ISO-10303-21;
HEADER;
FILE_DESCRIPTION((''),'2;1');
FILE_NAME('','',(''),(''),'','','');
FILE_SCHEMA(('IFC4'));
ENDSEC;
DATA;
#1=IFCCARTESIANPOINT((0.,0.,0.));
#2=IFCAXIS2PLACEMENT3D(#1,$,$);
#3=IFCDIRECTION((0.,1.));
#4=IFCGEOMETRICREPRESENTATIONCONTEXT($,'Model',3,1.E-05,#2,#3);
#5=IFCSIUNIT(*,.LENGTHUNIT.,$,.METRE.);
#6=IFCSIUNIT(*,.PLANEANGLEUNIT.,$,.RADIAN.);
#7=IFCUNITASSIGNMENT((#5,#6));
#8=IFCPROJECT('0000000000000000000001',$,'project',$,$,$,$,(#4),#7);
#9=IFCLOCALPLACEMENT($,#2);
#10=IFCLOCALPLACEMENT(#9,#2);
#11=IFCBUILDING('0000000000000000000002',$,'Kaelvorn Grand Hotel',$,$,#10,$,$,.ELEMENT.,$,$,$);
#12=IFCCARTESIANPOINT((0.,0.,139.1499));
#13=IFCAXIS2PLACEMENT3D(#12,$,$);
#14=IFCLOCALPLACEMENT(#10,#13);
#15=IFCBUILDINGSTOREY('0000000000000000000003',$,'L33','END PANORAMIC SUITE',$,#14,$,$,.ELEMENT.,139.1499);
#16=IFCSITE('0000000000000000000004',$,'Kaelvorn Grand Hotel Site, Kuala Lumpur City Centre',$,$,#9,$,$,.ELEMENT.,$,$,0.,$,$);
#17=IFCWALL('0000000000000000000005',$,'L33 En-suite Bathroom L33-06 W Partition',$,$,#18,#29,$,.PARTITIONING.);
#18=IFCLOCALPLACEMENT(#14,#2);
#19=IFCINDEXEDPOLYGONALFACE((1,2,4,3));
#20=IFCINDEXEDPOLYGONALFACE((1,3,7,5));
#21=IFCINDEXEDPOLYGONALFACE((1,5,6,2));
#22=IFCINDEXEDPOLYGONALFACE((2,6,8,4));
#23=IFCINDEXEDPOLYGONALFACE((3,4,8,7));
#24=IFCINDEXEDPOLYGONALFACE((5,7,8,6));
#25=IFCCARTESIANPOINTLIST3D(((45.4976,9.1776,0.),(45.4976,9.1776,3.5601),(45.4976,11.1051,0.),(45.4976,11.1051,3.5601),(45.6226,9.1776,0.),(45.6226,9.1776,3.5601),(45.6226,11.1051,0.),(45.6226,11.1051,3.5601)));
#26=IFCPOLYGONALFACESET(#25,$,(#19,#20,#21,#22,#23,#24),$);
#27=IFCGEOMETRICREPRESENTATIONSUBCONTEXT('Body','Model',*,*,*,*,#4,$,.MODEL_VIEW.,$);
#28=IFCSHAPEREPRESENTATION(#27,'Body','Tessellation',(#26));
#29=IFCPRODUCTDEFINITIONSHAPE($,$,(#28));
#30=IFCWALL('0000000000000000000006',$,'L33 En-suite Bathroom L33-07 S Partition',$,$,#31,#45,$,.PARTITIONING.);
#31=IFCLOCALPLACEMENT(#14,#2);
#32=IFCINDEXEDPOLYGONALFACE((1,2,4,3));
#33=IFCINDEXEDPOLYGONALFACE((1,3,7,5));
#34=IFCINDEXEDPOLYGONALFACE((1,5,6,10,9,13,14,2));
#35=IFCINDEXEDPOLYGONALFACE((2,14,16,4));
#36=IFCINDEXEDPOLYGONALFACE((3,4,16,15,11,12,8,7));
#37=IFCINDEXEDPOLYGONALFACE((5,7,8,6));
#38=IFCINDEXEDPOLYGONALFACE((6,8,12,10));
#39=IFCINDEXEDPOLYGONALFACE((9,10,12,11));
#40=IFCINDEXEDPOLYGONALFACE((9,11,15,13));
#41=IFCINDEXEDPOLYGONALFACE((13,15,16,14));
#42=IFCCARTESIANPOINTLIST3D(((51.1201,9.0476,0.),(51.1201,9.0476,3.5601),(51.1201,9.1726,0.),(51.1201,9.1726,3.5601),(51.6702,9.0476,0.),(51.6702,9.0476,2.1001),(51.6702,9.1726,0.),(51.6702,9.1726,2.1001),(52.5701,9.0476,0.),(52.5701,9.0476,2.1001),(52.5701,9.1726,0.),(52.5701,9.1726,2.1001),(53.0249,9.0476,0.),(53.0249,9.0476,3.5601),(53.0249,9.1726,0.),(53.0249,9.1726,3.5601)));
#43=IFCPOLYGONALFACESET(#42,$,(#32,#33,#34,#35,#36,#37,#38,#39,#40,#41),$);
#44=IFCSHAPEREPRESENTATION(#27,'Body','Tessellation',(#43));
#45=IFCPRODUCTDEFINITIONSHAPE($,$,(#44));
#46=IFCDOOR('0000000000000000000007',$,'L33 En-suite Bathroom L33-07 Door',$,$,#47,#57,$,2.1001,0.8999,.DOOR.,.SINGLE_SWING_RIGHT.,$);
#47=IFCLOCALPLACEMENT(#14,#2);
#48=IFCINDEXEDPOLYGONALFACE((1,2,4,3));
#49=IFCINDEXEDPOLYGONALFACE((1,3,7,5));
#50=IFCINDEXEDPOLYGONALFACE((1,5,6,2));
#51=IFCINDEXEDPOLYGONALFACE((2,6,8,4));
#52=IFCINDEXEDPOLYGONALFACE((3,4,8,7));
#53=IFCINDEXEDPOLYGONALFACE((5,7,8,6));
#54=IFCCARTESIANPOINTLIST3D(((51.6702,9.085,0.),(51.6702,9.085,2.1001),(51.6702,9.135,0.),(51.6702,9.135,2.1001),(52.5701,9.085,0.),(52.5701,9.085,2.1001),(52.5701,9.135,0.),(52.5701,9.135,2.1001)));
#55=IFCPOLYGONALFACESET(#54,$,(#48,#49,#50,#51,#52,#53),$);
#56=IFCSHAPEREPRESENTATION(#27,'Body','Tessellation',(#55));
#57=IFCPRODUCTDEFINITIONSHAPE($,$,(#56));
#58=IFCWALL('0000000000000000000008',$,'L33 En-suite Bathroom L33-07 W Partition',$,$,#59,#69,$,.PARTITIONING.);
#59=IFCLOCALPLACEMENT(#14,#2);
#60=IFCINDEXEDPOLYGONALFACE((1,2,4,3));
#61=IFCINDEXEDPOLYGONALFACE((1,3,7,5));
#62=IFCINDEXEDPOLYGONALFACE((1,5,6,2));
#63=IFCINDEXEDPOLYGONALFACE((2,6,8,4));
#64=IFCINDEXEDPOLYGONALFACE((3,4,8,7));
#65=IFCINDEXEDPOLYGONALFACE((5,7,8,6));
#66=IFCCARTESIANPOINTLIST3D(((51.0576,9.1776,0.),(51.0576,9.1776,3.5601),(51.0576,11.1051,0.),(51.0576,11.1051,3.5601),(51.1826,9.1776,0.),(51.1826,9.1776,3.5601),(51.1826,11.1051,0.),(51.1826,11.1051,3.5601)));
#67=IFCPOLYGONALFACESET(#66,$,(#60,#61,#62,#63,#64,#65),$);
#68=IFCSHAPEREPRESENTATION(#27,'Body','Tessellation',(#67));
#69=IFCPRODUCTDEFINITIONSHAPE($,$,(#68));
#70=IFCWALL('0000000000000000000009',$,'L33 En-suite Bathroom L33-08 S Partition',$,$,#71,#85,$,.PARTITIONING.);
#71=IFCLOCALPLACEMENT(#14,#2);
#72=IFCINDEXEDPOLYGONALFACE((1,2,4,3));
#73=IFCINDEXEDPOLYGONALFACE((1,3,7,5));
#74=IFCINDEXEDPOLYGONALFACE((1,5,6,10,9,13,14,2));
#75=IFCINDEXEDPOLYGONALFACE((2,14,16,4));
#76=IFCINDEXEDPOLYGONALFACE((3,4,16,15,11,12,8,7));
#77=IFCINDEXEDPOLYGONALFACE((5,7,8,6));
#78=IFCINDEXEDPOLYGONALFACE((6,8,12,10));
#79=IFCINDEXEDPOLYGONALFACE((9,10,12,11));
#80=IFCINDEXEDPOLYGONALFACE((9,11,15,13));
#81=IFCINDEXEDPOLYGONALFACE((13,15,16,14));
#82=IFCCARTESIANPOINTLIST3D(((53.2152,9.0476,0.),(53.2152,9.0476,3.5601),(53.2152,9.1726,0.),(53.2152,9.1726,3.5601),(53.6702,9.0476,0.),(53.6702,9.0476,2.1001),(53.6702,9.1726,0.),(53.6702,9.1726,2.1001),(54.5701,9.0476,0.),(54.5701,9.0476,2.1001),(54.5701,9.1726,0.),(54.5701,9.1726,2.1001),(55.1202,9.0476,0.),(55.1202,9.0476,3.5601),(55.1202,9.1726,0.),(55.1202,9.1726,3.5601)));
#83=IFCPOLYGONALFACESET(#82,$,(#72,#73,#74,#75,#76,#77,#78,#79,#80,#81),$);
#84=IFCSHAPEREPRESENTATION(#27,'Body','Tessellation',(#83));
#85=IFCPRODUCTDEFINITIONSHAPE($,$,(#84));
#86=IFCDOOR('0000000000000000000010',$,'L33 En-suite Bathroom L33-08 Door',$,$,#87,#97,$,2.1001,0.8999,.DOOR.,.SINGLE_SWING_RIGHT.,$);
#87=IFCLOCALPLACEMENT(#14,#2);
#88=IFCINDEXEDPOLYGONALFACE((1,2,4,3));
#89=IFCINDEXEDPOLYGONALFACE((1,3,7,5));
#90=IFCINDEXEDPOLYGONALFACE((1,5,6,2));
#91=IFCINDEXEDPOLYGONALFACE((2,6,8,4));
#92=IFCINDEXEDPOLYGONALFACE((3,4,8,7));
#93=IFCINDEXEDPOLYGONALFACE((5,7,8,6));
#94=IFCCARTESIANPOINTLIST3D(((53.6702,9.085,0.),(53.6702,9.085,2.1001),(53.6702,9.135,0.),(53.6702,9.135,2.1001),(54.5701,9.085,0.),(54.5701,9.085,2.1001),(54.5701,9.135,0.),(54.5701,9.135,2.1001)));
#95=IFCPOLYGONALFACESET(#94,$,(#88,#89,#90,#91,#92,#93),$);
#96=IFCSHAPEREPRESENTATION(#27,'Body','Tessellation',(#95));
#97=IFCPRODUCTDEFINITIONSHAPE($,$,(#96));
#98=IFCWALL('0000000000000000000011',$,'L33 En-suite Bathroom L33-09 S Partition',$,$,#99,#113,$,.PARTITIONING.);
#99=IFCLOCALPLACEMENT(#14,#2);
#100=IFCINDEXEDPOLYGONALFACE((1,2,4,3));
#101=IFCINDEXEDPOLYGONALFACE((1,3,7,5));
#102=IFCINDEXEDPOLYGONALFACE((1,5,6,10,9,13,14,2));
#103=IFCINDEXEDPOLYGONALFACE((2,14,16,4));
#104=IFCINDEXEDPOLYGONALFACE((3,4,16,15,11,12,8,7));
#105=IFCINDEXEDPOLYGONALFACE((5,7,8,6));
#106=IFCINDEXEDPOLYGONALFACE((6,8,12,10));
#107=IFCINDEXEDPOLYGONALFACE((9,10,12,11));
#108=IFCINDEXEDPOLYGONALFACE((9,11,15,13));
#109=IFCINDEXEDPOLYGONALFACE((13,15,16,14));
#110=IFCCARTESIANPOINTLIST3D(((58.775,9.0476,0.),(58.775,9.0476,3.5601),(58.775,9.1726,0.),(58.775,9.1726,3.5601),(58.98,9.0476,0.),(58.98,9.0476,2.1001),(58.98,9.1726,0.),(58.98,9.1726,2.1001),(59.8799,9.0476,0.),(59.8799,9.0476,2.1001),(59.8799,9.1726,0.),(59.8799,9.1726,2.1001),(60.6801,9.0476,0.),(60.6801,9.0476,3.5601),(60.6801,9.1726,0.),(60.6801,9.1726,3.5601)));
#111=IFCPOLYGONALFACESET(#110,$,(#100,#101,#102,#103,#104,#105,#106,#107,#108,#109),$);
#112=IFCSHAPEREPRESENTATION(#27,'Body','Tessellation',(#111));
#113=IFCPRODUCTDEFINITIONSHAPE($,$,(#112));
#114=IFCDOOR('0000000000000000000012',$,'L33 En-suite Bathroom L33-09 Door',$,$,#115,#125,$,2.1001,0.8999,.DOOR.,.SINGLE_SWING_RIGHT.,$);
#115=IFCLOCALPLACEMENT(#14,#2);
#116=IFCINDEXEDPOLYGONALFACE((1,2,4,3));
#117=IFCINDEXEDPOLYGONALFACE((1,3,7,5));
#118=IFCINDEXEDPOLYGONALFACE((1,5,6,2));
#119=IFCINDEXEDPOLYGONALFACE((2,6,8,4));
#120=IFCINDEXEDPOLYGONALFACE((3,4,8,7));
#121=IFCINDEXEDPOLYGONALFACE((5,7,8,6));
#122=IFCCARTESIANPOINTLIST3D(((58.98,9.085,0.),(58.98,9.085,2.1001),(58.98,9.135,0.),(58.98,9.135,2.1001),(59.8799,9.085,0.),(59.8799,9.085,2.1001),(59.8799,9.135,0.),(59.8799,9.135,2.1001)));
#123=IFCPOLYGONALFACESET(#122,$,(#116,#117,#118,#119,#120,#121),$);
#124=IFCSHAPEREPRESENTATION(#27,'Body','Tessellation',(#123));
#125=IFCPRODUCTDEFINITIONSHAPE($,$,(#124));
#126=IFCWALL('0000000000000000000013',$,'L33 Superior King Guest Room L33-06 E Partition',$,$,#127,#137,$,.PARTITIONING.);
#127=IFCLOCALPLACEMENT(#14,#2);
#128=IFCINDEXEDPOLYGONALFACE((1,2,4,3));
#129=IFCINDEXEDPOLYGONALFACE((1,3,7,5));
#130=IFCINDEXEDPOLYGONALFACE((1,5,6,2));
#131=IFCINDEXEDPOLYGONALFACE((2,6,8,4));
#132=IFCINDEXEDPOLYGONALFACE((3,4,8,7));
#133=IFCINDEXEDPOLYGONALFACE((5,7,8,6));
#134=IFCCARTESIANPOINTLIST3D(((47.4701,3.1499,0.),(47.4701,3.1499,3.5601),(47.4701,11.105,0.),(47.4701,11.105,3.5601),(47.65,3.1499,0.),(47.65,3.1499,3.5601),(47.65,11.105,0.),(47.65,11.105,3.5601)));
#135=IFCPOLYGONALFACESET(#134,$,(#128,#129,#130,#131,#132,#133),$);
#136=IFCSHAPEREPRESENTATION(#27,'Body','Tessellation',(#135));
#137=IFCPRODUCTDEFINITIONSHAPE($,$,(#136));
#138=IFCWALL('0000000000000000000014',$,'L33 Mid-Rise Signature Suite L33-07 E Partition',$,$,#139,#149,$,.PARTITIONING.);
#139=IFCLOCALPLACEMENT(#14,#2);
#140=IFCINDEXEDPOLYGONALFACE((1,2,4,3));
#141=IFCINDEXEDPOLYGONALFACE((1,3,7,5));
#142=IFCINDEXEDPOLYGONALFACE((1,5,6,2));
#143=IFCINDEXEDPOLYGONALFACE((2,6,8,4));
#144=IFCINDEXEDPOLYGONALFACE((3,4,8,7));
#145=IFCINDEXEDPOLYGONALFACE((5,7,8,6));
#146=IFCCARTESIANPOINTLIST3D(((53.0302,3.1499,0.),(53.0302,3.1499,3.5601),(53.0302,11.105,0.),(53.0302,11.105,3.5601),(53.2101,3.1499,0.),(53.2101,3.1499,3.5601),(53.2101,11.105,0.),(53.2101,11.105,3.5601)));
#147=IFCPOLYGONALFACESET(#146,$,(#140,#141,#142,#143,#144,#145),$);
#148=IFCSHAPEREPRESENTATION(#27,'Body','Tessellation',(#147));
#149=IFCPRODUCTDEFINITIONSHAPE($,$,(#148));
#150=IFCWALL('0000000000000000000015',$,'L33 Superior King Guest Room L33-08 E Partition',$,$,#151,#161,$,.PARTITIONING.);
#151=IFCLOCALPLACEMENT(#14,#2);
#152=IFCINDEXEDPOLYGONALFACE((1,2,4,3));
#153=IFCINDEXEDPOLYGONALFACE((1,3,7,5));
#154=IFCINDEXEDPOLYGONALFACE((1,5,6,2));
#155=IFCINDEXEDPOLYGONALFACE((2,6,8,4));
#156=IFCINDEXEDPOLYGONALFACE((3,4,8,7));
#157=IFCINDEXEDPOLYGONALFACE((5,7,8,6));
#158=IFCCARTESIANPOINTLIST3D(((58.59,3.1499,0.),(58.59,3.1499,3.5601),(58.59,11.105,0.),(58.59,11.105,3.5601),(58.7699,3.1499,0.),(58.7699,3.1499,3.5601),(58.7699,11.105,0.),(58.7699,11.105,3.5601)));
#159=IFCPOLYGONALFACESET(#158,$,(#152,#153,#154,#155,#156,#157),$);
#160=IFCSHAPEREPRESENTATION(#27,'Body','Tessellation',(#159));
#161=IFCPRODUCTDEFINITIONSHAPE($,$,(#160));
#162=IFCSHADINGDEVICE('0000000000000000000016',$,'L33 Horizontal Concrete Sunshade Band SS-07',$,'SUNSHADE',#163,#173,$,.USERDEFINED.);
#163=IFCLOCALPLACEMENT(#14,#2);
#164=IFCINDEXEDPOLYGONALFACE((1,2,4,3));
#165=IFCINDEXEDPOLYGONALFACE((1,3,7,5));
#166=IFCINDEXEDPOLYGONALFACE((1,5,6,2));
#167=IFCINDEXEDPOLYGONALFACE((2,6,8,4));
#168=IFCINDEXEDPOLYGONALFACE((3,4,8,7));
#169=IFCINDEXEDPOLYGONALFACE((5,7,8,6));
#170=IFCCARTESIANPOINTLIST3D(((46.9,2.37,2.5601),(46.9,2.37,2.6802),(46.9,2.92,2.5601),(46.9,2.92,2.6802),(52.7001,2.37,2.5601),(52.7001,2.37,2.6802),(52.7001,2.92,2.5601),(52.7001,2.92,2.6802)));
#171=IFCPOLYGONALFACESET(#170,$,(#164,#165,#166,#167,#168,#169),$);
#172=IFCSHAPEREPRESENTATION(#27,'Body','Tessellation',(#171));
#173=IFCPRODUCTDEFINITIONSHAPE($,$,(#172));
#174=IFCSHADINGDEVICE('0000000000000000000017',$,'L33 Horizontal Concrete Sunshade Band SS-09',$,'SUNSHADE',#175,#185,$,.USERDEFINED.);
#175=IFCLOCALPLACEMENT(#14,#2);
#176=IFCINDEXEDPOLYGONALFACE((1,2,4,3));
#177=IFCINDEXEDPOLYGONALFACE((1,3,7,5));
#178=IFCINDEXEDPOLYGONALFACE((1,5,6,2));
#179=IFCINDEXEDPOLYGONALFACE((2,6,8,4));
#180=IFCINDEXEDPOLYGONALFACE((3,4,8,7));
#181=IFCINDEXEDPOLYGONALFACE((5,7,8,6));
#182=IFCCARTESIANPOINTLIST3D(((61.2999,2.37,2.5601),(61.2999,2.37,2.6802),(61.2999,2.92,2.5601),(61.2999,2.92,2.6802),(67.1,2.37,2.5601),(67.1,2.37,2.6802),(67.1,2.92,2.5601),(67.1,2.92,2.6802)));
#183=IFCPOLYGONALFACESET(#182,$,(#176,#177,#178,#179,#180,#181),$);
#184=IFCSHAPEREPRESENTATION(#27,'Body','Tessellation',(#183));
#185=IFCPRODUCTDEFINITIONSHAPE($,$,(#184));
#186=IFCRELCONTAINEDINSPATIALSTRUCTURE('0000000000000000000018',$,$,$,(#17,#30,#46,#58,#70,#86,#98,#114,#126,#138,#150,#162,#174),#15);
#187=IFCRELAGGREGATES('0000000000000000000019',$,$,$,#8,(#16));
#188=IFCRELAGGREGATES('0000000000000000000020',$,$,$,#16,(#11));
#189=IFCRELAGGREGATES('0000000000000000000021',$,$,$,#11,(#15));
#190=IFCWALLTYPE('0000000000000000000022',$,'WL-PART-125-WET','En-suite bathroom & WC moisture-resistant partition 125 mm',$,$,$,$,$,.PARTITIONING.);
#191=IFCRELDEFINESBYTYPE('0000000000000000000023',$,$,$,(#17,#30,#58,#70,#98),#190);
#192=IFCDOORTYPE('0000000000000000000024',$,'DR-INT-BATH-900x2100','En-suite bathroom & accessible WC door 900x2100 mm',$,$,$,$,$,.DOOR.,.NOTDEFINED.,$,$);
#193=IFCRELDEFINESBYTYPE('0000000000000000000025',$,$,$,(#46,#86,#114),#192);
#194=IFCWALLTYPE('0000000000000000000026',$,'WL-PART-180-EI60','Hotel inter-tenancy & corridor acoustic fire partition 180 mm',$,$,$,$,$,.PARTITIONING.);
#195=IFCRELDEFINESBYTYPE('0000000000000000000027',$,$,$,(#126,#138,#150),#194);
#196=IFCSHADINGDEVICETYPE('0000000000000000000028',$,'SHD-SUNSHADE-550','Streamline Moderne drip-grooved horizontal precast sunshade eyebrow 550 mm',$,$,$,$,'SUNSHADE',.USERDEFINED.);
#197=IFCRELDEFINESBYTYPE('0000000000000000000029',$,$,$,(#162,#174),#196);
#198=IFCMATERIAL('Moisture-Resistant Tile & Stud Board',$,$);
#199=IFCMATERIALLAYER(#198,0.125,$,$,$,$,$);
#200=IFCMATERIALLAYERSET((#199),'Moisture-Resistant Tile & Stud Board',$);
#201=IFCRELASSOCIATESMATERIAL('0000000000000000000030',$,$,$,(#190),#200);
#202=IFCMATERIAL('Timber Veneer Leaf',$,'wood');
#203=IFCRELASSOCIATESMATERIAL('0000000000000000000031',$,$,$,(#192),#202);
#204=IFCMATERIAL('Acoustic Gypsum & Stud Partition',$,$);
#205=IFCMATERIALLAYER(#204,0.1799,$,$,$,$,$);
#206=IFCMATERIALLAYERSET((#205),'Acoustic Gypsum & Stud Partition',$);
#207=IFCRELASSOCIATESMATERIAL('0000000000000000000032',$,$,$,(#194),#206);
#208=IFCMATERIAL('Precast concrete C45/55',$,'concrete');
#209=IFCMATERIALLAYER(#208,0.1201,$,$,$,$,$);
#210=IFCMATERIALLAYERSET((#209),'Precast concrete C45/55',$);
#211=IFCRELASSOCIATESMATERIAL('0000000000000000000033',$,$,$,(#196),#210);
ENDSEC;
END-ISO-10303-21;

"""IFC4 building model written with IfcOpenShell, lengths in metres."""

from ifc_helpers import new_model, si_unit, direction, frame, frame_2d, origin, origin_2d, place, context, subcontext, project, spatial, rectangle, extrude, material, layer, layer_set, type_object, element, fill, save


model = new_model("IFC4")

# Units and contexts
model_context = context("Model", 3, precision=1e-05, world=origin(), true_north=direction((0.0, 1.0)))
body_context = subcontext(model_context, "Body", "Model", "MODEL_VIEW")
ifc_project = project(units=[si_unit("LENGTHUNIT", "METRE"), si_unit("PLANEANGLEUNIT", "RADIAN")], contexts=[model_context])

# Site, building, storey
site_placement = place(None, origin())
site = spatial("IfcSite", under=ifc_project, at=site_placement, Name="Kaelvorn Grand Hotel Site, Kuala Lumpur City Centre", CompositionType="ELEMENT", RefElevation=0.0)
building_placement = place(site_placement, origin())
building = spatial("IfcBuilding", under=site, at=building_placement, Name="Kaelvorn Grand Hotel", CompositionType="ELEMENT")
storey_placement = place(building_placement, frame((0.0, 0.0, 139.1499)))
storey = spatial("IfcBuildingStorey", under=building, at=storey_placement, Name="L33", Description="END PANORAMIC SUITE", CompositionType="ELEMENT", Elevation=139.1499)

# Shared definitions
ifc_material_1 = material(Name="Moisture-Resistant Tile & Stud Board")
ifc_layer_1 = layer(ifc_material_1, 0.125)
ifc_layer_set_1 = layer_set([ifc_layer_1], Name="Moisture-Resistant Tile & Stud Board")
wall_type_1 = type_object("IfcWallType", Name="WL-PART-125-WET", Description="En-suite bathroom & WC moisture-resistant partition 125 mm", PredefinedType="PARTITIONING", material=ifc_layer_set_1)
ifc_material_2 = material(Name="Timber Veneer Leaf", Category="wood")
door_type = type_object("IfcDoorType", Name="DR-INT-BATH-900x2100", Description="En-suite bathroom & accessible WC door 900x2100 mm", OperationType="NOTDEFINED", PredefinedType="DOOR", material=ifc_material_2)

# Wall
wall_1_placement = place(storey_placement, frame((45.5601, 9.1775, 0.0), z_axis=(0.0, 0.0, 1.0), x_axis=(0.0, 1.0, 0.0)))
element("IfcWall", 1, at=wall_1_placement, inside=storey, type_object=wall_type_1, Name="L33 En-suite Bathroom L33-06 W Partition", PredefinedType="PARTITIONING", context=body_context, shape_type="SweptSolid", body=[
    extrude(rectangle(XDim=1.9275, YDim=0.125, at=frame_2d((0.9639, 0.0))), origin(), (0.0, 0.0, 1.0), 3.5601),
])

# Wall, opening, door
wall_2_placement = place(storey_placement, frame((51.1201, 9.1101, 0.0), z_axis=(0.0, 0.0, 1.0), x_axis=(1.0, 0.0, 0.0)))
wall_2 = element("IfcWall", 2, at=wall_2_placement, inside=storey, type_object=wall_type_1, Name="L33 En-suite Bathroom L33-07 S Partition", PredefinedType="PARTITIONING", context=body_context, shape_type="SweptSolid", body=[
    extrude(rectangle(XDim=1.9048, YDim=0.125, at=frame_2d((0.9524, 0.0))), origin(), (0.0, 0.0, 1.0), 3.5601),
])
opening_1_placement = place(wall_2_placement, frame((0.55, 0.0, 0.0)))
opening_1 = element("IfcOpeningElement", 3, at=opening_1_placement, cuts=wall_2, PredefinedType="OPENING", context=body_context, shape_type="SweptSolid", body=[
    extrude(rectangle(XDim=0.8999, YDim=2.1001, at=frame_2d((0.45, 1.05))), frame((0.0, 0.0725, 0.0), z_axis=(0.0, -1.0, 0.0), x_axis=(1.0, 0.0, 0.0)), (0.0, 0.0, 1.0), 0.145),
])
door_1_placement = place(opening_1_placement, origin())
door_1 = element("IfcDoor", 4, at=door_1_placement, inside=storey, type_object=door_type, Name="L33 En-suite Bathroom L33-07 Door", OperationType="SINGLE_SWING_RIGHT", OverallHeight=2.1001, OverallWidth=0.8999, PredefinedType="DOOR", context=body_context, shape_type="SweptSolid", body=[
    extrude(rectangle(XDim=0.8999, YDim=2.1001, at=frame_2d((0.45, 1.05))), frame((0.0, 0.0249, 0.0), z_axis=(0.0, -1.0, 0.0), x_axis=(1.0, 0.0, 0.0)), (0.0, 0.0, 1.0), 0.05),
])
fill(opening_1, door_1)

# Wall
wall_3_placement = place(storey_placement, frame((51.1201, 9.1775, 0.0), z_axis=(0.0, 0.0, 1.0), x_axis=(0.0, 1.0, 0.0)))
element("IfcWall", 5, at=wall_3_placement, inside=storey, type_object=wall_type_1, Name="L33 En-suite Bathroom L33-07 W Partition", PredefinedType="PARTITIONING", context=body_context, shape_type="SweptSolid", body=[
    extrude(rectangle(XDim=1.9275, YDim=0.125, at=frame_2d((0.9639, 0.0))), origin(), (0.0, 0.0, 1.0), 3.5601),
])

# Walls, openings, doors
wall_4_placement = place(storey_placement, frame((53.2151, 9.1101, 0.0), z_axis=(0.0, 0.0, 1.0), x_axis=(1.0, 0.0, 0.0)))
wall_4 = element("IfcWall", 6, at=wall_4_placement, inside=storey, type_object=wall_type_1, Name="L33 En-suite Bathroom L33-08 S Partition", PredefinedType="PARTITIONING", context=body_context, shape_type="SweptSolid", body=[
    extrude(rectangle(XDim=1.905, YDim=0.125, at=frame_2d((0.9526, 0.0))), origin(), (0.0, 0.0, 1.0), 3.5601),
])
opening_2_placement = place(wall_4_placement, frame((0.4551, 0.0, 0.0)))
opening_2 = element("IfcOpeningElement", 7, at=opening_2_placement, cuts=wall_4, PredefinedType="OPENING", context=body_context, shape_type="SweptSolid", body=[
    extrude(rectangle(XDim=0.8999, YDim=2.1001, at=frame_2d((0.45, 1.05))), frame((0.0, 0.0725, 0.0), z_axis=(0.0, -1.0, 0.0), x_axis=(1.0, 0.0, 0.0)), (0.0, 0.0, 1.0), 0.145),
])
door_2_placement = place(opening_2_placement, origin())
door_2 = element("IfcDoor", 8, at=door_2_placement, inside=storey, type_object=door_type, Name="L33 En-suite Bathroom L33-08 Door", OperationType="SINGLE_SWING_RIGHT", OverallHeight=2.1001, OverallWidth=0.8999, PredefinedType="DOOR", context=body_context, shape_type="SweptSolid", body=[
    extrude(rectangle(XDim=0.8999, YDim=2.1001, at=frame_2d((0.45, 1.05))), frame((0.0, 0.0249, 0.0), z_axis=(0.0, -1.0, 0.0), x_axis=(1.0, 0.0, 0.0)), (0.0, 0.0, 1.0), 0.05),
])
fill(opening_2, door_2)
wall_5_placement = place(storey_placement, frame((58.7749, 9.1101, 0.0), z_axis=(0.0, 0.0, 1.0), x_axis=(1.0, 0.0, 0.0)))
wall_5 = element("IfcWall", 9, at=wall_5_placement, inside=storey, type_object=wall_type_1, Name="L33 En-suite Bathroom L33-09 S Partition", PredefinedType="PARTITIONING", context=body_context, shape_type="SweptSolid", body=[
    extrude(rectangle(XDim=1.905, YDim=0.125, at=frame_2d((0.9526, 0.0))), origin(), (0.0, 0.0, 1.0), 3.5601),
])
opening_3_placement = place(wall_5_placement, frame((0.2051, 0.0, 0.0)))
opening_3 = element("IfcOpeningElement", 10, at=opening_3_placement, cuts=wall_5, PredefinedType="OPENING", context=body_context, shape_type="SweptSolid", body=[
    extrude(rectangle(XDim=0.8999, YDim=2.1001, at=frame_2d((0.45, 1.05))), frame((0.0, 0.0725, 0.0), z_axis=(0.0, -1.0, 0.0), x_axis=(1.0, 0.0, 0.0)), (0.0, 0.0, 1.0), 0.145),
])
door_3_placement = place(opening_3_placement, origin())
door_3 = element("IfcDoor", 11, at=door_3_placement, inside=storey, type_object=door_type, Name="L33 En-suite Bathroom L33-09 Door", OperationType="SINGLE_SWING_RIGHT", OverallHeight=2.1001, OverallWidth=0.8999, PredefinedType="DOOR", context=body_context, shape_type="SweptSolid", body=[
    extrude(rectangle(XDim=0.8999, YDim=2.1001, at=frame_2d((0.45, 1.05))), frame((0.0, 0.0249, 0.0), z_axis=(0.0, -1.0, 0.0), x_axis=(1.0, 0.0, 0.0)), (0.0, 0.0, 1.0), 0.05),
])
fill(opening_3, door_3)

# Walls
ifc_material_3 = material(Name="Acoustic Gypsum & Stud Partition")
ifc_layer_2 = layer(ifc_material_3, 0.1799)
ifc_layer_set_2 = layer_set([ifc_layer_2], Name="Acoustic Gypsum & Stud Partition")
wall_type_2 = type_object("IfcWallType", Name="WL-PART-180-EI60", Description="Hotel inter-tenancy & corridor acoustic fire partition 180 mm", PredefinedType="PARTITIONING", material=ifc_layer_set_2)
for number, where, z_axis, x_axis, name in (
    (12, (47.5601, 3.1499, 0.0), (0.0, 0.0, 1.0), (0.0, 1.0, 0.0), "L33 Superior King Guest Room L33-06 E Partition"),
    (13, (53.1201, 3.1499, 0.0), (0.0, 0.0, 1.0), (0.0, 1.0, 0.0), "L33 Mid-Rise Signature Suite L33-07 E Partition"),
    (14, (58.6799, 3.1499, 0.0), (0.0, 0.0, 1.0), (0.0, 1.0, 0.0), "L33 Superior King Guest Room L33-08 E Partition"),
):
    element("IfcWall", number, at=place(storey_placement, frame(where, z_axis=z_axis, x_axis=x_axis)), inside=storey, type_object=wall_type_2, Name=name, PredefinedType="PARTITIONING", context=body_context, shape_type="SweptSolid", body=[
        extrude(rectangle(XDim=7.9551, YDim=0.1799, at=frame_2d((3.9775, 0.0))), origin(), (0.0, 0.0, 1.0), 3.5601),
    ])

# Shading devices
ifc_material_4 = material(Name="Precast concrete C45/55", Category="concrete")
ifc_layer_3 = layer(ifc_material_4, 0.1201)
ifc_layer_set_3 = layer_set([ifc_layer_3], Name="Precast concrete C45/55")
shading_device_type_1 = type_object("IfcShadingDeviceType", Name="SHD-SUNSHADE-550", Description="Streamline Moderne drip-grooved horizontal precast sunshade eyebrow 550 mm", ElementType="SUNSHADE", PredefinedType="USERDEFINED", material=ifc_layer_set_3)
for number, where, z_axis, x_axis, name in (
    (15, (49.8, 2.645, 2.5601), (0.0, 0.0, 1.0), (1.0, 0.0, 0.0), "L33 Horizontal Concrete Sunshade Band SS-07"),
    (16, (64.2, 2.645, 2.5601), (0.0, 0.0, 1.0), (1.0, 0.0, 0.0), "L33 Horizontal Concrete Sunshade Band SS-09"),
):
    element("IfcShadingDevice", number, at=place(storey_placement, frame(where, z_axis=z_axis, x_axis=x_axis)), inside=storey, type_object=shading_device_type_1, Name=name, ObjectType="SUNSHADE", PredefinedType="USERDEFINED", context=body_context, shape_type="SweptSolid", body=[
        extrude(rectangle(XDim=5.8, YDim=0.55, at=origin_2d()), origin(), (0.0, 0.0, 1.0), 0.1201),
    ])

save(model, "model.ifc")
